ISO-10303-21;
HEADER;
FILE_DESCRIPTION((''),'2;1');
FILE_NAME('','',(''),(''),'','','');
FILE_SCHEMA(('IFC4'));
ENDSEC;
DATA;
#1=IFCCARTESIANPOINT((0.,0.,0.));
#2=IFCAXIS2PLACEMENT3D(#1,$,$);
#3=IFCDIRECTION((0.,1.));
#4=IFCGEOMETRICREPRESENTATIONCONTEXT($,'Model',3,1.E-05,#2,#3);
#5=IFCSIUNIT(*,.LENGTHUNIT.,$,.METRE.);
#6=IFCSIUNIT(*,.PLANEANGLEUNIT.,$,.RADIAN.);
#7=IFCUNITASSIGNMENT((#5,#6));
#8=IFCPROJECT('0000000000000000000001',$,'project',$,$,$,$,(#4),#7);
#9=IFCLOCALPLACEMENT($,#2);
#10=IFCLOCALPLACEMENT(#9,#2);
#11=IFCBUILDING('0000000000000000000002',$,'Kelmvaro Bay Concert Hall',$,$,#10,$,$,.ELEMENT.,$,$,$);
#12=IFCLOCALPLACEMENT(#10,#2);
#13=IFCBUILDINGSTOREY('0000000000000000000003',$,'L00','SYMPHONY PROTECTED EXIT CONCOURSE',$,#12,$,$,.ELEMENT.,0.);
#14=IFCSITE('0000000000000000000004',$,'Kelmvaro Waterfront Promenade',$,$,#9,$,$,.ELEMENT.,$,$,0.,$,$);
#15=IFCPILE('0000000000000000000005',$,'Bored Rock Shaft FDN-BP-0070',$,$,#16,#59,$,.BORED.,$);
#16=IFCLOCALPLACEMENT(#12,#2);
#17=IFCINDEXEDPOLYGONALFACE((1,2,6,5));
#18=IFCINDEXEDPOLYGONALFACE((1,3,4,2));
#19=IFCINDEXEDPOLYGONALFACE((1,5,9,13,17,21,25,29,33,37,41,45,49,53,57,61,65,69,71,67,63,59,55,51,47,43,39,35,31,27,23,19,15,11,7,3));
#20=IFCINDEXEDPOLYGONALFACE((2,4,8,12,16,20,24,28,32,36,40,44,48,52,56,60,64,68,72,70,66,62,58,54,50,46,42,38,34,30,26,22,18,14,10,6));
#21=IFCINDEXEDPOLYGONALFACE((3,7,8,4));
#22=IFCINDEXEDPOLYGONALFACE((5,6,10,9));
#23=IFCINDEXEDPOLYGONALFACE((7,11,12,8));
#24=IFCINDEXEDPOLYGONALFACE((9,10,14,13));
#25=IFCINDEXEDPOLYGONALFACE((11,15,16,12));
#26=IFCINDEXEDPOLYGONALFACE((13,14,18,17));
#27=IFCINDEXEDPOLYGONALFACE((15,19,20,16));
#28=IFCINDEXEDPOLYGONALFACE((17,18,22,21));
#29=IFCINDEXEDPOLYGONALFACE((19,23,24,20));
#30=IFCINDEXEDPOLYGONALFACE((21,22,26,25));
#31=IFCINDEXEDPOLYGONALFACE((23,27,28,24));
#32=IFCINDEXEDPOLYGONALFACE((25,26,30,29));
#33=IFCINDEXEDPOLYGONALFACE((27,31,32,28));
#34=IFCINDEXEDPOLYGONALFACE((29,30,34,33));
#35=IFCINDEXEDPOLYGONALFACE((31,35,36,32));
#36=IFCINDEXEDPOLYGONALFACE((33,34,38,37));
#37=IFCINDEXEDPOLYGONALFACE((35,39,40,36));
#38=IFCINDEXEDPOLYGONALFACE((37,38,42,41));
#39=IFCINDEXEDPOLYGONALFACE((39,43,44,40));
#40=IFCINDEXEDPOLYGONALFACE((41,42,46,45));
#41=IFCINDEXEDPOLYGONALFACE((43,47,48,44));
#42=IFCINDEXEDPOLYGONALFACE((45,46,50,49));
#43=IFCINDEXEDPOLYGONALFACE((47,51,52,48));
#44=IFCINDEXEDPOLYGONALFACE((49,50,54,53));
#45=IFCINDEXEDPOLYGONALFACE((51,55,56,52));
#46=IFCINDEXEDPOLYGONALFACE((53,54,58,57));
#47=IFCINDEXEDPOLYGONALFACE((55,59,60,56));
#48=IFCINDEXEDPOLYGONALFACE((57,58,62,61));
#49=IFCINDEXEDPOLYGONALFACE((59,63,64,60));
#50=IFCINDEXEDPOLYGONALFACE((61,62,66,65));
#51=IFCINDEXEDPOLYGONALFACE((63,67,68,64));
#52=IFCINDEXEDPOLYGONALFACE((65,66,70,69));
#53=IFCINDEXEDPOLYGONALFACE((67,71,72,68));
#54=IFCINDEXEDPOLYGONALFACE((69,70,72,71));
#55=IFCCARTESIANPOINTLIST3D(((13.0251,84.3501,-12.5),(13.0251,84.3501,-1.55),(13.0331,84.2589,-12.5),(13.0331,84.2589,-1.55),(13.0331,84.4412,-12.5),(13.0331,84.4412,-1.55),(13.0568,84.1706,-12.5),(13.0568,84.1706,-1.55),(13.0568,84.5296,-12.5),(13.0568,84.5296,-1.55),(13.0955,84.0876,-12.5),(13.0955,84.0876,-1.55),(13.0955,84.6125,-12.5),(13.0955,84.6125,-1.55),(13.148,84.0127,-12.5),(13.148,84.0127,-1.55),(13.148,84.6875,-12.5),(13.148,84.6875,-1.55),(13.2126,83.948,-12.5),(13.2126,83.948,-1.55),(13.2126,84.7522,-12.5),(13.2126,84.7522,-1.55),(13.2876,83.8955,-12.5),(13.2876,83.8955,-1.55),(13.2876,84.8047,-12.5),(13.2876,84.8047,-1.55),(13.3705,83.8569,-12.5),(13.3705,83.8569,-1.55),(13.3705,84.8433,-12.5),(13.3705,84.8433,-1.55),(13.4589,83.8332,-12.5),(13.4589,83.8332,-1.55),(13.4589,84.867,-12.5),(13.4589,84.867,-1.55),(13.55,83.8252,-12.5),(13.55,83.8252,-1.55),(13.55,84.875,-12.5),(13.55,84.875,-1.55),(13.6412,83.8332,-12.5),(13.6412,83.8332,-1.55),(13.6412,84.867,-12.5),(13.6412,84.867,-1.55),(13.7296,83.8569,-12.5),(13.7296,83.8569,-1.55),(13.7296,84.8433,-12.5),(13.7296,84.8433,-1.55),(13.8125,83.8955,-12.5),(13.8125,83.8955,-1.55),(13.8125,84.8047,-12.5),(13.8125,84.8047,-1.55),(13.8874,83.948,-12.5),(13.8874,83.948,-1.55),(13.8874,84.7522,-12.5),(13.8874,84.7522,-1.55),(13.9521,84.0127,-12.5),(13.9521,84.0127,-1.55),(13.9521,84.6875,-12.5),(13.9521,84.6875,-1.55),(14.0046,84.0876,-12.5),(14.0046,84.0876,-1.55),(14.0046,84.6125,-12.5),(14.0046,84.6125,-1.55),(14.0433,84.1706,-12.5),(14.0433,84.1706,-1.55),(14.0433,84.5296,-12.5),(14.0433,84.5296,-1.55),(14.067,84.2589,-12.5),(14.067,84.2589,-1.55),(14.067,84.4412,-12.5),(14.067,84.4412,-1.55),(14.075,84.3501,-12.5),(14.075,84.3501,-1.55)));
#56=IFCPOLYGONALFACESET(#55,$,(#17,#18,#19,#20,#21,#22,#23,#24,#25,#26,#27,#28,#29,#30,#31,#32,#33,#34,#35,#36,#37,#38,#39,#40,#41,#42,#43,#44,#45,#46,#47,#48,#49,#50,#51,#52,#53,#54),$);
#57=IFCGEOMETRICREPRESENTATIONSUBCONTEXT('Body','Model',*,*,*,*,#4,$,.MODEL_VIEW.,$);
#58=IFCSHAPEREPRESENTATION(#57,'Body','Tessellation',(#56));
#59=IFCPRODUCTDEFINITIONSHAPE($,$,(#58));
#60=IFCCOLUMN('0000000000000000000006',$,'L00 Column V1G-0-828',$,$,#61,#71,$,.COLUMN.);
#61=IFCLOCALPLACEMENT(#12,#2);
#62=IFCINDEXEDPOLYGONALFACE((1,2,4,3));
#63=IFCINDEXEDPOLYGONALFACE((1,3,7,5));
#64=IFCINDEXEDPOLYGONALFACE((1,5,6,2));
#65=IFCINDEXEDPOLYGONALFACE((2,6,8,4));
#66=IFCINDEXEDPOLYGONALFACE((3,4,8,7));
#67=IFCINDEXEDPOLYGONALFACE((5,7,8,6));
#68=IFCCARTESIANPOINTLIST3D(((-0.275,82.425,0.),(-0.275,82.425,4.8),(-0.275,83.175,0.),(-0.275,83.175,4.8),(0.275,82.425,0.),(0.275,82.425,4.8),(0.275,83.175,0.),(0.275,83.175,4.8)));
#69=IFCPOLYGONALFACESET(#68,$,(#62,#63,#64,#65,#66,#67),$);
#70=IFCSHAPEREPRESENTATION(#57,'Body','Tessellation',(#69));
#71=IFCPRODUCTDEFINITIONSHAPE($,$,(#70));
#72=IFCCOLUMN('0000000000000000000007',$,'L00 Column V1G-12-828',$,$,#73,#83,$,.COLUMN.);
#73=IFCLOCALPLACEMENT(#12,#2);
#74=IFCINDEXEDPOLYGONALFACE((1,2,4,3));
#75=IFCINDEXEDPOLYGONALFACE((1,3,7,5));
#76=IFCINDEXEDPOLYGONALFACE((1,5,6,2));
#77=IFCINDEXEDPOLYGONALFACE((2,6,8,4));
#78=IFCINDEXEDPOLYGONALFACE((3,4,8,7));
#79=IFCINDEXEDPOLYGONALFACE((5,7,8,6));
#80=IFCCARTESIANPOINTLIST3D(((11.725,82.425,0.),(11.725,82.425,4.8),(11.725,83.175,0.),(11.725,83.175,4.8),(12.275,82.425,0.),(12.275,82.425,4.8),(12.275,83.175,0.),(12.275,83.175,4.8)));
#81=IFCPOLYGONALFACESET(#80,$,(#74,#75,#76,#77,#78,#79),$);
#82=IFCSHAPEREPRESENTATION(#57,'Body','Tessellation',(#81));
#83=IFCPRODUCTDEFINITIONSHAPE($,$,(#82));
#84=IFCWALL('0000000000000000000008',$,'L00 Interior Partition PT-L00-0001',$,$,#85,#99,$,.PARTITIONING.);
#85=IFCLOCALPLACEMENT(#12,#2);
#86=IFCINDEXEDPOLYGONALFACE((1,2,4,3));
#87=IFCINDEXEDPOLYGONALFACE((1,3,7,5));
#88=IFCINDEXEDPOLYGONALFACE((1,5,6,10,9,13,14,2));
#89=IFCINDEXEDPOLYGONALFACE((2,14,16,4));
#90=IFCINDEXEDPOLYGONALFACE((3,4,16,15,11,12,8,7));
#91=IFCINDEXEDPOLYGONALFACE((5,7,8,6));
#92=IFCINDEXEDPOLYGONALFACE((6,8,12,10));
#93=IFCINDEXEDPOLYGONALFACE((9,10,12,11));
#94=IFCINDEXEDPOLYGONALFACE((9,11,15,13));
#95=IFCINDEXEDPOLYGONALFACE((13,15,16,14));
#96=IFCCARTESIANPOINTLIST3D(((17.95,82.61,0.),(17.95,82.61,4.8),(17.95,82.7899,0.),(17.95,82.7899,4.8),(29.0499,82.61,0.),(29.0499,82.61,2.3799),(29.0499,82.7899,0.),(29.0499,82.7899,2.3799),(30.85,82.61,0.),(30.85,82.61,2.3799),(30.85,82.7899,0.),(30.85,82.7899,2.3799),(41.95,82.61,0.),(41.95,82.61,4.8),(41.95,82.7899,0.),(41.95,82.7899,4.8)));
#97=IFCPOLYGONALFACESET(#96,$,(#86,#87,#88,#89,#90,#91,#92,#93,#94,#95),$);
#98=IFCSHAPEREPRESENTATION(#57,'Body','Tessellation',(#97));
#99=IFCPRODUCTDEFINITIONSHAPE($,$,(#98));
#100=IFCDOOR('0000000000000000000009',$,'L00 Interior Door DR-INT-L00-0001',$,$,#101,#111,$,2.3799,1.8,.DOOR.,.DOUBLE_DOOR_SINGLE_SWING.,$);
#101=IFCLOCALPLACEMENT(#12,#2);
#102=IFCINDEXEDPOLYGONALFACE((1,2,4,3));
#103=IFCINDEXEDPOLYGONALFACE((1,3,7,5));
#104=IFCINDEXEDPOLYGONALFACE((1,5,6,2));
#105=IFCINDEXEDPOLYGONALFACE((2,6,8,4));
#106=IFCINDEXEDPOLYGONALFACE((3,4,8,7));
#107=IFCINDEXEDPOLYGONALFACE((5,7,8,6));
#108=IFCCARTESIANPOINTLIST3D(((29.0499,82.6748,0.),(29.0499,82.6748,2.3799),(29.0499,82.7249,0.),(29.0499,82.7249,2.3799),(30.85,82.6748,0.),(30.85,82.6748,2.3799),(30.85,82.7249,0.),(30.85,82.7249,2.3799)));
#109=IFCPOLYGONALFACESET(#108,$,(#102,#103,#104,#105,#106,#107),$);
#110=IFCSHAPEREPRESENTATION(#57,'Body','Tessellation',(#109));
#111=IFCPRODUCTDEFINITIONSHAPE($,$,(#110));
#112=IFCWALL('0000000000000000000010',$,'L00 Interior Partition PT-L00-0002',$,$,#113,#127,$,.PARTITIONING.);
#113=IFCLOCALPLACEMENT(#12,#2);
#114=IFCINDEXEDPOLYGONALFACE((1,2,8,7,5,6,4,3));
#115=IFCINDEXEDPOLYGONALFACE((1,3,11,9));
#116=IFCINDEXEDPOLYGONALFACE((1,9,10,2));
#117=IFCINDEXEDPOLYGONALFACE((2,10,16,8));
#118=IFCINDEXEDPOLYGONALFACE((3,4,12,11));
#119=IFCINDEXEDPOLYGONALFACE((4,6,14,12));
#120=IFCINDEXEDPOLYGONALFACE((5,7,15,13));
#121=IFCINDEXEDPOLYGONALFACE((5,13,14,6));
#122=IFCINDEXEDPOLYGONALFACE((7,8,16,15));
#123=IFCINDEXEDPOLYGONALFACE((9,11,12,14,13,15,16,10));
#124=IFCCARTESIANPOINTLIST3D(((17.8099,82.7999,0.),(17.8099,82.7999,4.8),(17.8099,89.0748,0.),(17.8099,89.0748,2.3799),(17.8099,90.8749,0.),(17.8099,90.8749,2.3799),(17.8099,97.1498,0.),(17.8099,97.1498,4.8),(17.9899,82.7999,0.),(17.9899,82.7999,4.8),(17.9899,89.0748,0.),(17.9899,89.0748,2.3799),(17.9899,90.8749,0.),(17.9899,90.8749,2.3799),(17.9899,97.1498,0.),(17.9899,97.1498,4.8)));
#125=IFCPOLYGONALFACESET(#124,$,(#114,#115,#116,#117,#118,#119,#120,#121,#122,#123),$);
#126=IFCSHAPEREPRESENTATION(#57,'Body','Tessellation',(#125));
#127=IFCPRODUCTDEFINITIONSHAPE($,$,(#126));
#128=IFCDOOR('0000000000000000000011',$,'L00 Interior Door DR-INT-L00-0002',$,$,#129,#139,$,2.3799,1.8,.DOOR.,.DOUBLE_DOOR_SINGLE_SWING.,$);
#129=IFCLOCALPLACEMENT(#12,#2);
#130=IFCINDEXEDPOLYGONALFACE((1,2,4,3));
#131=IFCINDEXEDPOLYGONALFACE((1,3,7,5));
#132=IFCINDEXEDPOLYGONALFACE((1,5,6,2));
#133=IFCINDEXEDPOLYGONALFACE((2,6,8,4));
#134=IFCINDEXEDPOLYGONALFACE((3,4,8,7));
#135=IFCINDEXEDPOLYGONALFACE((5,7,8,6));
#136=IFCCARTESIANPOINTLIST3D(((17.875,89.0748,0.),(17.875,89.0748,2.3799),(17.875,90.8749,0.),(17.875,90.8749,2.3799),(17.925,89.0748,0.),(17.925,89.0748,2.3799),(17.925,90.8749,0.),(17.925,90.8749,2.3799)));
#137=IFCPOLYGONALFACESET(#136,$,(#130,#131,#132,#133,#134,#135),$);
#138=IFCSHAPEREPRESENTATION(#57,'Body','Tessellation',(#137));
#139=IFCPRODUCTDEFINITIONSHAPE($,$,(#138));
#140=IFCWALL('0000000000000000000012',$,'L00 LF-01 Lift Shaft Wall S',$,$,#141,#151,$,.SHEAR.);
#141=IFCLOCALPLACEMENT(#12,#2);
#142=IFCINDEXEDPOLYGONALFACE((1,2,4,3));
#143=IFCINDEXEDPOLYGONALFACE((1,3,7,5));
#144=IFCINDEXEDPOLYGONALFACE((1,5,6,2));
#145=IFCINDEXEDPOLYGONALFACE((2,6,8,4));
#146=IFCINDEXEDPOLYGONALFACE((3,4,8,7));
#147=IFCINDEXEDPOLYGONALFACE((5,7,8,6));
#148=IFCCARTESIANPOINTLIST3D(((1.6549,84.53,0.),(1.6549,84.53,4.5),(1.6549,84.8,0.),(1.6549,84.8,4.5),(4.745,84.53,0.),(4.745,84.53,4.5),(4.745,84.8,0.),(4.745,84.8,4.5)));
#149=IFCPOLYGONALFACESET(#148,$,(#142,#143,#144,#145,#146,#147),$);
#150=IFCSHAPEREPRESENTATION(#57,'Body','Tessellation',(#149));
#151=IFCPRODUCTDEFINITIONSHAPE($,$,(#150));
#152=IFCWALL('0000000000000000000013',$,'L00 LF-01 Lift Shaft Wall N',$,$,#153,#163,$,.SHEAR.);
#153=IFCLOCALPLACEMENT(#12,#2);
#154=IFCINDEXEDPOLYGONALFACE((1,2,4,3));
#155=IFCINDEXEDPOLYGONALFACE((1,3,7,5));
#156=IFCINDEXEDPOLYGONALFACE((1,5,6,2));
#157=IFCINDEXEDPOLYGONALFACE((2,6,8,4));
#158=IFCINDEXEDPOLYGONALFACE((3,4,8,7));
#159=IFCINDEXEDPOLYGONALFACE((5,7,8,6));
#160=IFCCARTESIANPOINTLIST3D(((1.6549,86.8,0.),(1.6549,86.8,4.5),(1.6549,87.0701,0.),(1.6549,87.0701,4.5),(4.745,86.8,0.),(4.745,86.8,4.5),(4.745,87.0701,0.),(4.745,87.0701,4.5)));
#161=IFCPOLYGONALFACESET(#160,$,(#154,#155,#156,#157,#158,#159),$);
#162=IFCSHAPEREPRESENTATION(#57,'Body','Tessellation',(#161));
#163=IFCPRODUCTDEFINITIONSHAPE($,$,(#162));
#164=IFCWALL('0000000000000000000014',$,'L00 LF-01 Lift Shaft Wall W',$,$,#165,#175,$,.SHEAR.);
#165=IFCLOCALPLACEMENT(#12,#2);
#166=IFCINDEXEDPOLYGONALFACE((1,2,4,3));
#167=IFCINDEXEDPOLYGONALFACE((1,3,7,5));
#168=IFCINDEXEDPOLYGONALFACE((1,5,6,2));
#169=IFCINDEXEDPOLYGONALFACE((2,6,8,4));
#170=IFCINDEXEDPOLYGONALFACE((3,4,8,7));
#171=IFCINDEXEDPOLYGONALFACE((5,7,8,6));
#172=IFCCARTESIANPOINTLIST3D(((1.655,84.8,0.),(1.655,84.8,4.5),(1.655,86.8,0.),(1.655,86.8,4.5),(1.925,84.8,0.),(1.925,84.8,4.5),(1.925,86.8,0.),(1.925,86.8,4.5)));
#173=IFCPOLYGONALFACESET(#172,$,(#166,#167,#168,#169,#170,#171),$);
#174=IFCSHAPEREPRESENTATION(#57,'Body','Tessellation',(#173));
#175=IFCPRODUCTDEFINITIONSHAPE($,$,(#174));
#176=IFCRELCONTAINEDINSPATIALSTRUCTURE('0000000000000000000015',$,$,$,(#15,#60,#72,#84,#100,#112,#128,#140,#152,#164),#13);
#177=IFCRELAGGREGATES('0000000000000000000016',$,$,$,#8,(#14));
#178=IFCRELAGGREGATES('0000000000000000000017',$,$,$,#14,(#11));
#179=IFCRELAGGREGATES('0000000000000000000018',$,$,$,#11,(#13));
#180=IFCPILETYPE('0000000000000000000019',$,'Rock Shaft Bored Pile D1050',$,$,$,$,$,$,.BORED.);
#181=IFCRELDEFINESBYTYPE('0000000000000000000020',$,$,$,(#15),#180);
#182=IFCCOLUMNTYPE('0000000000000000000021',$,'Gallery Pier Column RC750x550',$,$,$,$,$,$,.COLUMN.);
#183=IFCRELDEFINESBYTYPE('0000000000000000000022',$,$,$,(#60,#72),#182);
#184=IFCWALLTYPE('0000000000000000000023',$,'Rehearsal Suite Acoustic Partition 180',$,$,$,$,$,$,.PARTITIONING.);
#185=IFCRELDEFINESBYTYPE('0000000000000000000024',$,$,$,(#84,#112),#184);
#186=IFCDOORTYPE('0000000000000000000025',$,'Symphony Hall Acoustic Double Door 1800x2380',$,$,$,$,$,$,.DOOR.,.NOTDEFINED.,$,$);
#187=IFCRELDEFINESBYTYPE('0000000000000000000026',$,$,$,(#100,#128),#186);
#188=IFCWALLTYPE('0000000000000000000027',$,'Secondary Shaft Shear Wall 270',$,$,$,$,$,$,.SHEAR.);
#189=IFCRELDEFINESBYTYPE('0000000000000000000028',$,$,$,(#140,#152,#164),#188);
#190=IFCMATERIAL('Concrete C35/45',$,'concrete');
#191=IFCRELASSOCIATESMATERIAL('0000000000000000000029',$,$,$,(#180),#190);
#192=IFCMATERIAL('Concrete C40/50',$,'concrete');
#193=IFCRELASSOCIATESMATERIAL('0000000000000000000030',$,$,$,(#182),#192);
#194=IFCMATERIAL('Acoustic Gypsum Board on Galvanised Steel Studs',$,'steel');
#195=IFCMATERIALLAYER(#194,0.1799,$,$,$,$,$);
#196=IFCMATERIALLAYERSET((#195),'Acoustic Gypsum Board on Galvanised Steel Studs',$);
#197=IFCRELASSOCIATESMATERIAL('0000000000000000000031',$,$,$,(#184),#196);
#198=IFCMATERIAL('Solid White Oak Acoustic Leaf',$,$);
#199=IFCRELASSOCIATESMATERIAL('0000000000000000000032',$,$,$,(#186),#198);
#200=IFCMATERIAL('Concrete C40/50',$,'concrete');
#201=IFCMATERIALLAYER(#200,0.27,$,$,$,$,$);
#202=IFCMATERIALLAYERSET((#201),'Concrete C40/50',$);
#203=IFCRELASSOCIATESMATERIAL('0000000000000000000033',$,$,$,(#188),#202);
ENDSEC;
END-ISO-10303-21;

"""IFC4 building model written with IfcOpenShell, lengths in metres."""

from ifc_helpers import new_model, si_unit, direction, frame, frame_2d, origin, origin_2d, place, context, subcontext, project, spatial, rectangle, circle, extrude, material, layer, layer_set, material_profile, profile_set, type_object, element, fill, save


model = new_model("IFC4")

# Units and contexts
model_context = context("Model", 3, precision=1e-05, world=origin(), true_north=direction((0.0, 1.0)))
body_context = subcontext(model_context, "Body", "Model", "MODEL_VIEW")
ifc_project = project(units=[si_unit("LENGTHUNIT", "METRE"), si_unit("PLANEANGLEUNIT", "RADIAN")], contexts=[model_context])

# Site, building, storey
site_placement = place(None, origin())
site = spatial("IfcSite", under=ifc_project, at=site_placement, Name="Kelmvaro Waterfront Promenade", CompositionType="ELEMENT", RefElevation=0.0)
building_placement = place(site_placement, origin())
building = spatial("IfcBuilding", under=site, at=building_placement, Name="Kelmvaro Bay Concert Hall", CompositionType="ELEMENT")
storey_placement = place(building_placement, origin())
storey = spatial("IfcBuildingStorey", under=building, at=storey_placement, Name="L00", Description="SYMPHONY PROTECTED EXIT CONCOURSE", CompositionType="ELEMENT", Elevation=0.0)

# Pile
ifc_material_1 = material(Name="Concrete C35/45", Category="concrete")
ifc_material_profile_1 = material_profile(ifc_material_1, circle(Radius=0.5249, at=origin_2d()), Name="PILE-BORED-1050")
ifc_profile_set_1 = profile_set([ifc_material_profile_1], Name="Concrete C35/45")
pile_type = type_object("IfcPileType", Name="Rock Shaft Bored Pile D1050", PredefinedType="BORED", material=ifc_profile_set_1)
for number, where, z_axis, x_axis, name in (
    (1, (13.55, 84.3501, -1.55), (0.0, 0.0, -1.0), (1.0, 0.0, 0.0), "Bored Rock Shaft FDN-BP-0070"),
):
    element("IfcPile", number, at=place(storey_placement, frame(where, z_axis=z_axis, x_axis=x_axis)), inside=storey, type_object=pile_type, Name=name, PredefinedType="BORED", context=body_context, shape_type="SweptSolid", body=[
        extrude(circle(Radius=0.5249, at=origin_2d()), origin(), (0.0, 0.0, 1.0), 10.95),
    ])

# Columns
ifc_material_2 = material(Name="Concrete C40/50", Category="concrete")
ifc_material_profile_2 = material_profile(ifc_material_2, rectangle(XDim=0.55, YDim=0.75, at=origin_2d()), Name="RC-COL-750X550")
ifc_profile_set_2 = profile_set([ifc_material_profile_2], Name="Concrete C40/50")
column_type = type_object("IfcColumnType", Name="Gallery Pier Column RC750x550", PredefinedType="COLUMN", material=ifc_profile_set_2)
for number, where, z_axis, x_axis, name in (
    (2, (0.0, 82.8, 0.0), (0.0, 0.0, 1.0), (1.0, 0.0, 0.0), "L00 Column V1G-0-828"),
    (3, (12.0, 82.8, 0.0), (0.0, 0.0, 1.0), (1.0, 0.0, 0.0), "L00 Column V1G-12-828"),
):
    element("IfcColumn", number, at=place(storey_placement, frame(where, z_axis=z_axis, x_axis=x_axis)), inside=storey, type_object=column_type, Name=name, PredefinedType="COLUMN", context=body_context, shape_type="SweptSolid", body=[
        extrude(rectangle(XDim=0.55, YDim=0.75, at=origin_2d()), origin(), (0.0, 0.0, 1.0), 4.8),
    ])

# Walls, openings, doors
ifc_material_3 = material(Name="Acoustic Gypsum Board on Galvanised Steel Studs", Category="steel")
ifc_layer_1 = layer(ifc_material_3, 0.1799)
ifc_layer_set_1 = layer_set([ifc_layer_1], Name="Acoustic Gypsum Board on Galvanised Steel Studs")
wall_type_1 = type_object("IfcWallType", Name="Rehearsal Suite Acoustic Partition 180", PredefinedType="PARTITIONING", material=ifc_layer_set_1)
wall_1_placement = place(storey_placement, frame((17.95, 82.7, 0.0), z_axis=(0.0, 0.0, 1.0), x_axis=(1.0, 0.0, 0.0)))
wall_1 = element("IfcWall", 4, at=wall_1_placement, inside=storey, type_object=wall_type_1, Name="L00 Interior Partition PT-L00-0001", PredefinedType="PARTITIONING", context=body_context, shape_type="SweptSolid", body=[
    extrude(rectangle(XDim=24.0, YDim=0.1799, at=frame_2d((12.0, 0.0))), origin(), (0.0, 0.0, 1.0), 4.8),
])
opening_1_placement = place(wall_1_placement, frame((11.1001, 0.0, 0.0)))
opening_1 = element("IfcOpeningElement", 5, at=opening_1_placement, cuts=wall_1, PredefinedType="OPENING", context=body_context, shape_type="SweptSolid", body=[
    extrude(rectangle(XDim=1.8, YDim=2.3799, at=frame_2d((0.8999, 1.1899))), frame((0.0, 0.0999, 0.0), z_axis=(0.0, -1.0, 0.0), x_axis=(1.0, 0.0, 0.0)), (0.0, 0.0, 1.0), 0.2),
])
ifc_material_4 = material(Name="Solid White Oak Acoustic Leaf")
door_type_1 = type_object("IfcDoorType", Name="Symphony Hall Acoustic Double Door 1800x2380", OperationType="NOTDEFINED", PredefinedType="DOOR", material=ifc_material_4)
door_1_placement = place(opening_1_placement, origin())
door_1 = element("IfcDoor", 6, at=door_1_placement, inside=storey, type_object=door_type_1, Name="L00 Interior Door DR-INT-L00-0001", OperationType="DOUBLE_DOOR_SINGLE_SWING", OverallHeight=2.3799, OverallWidth=1.8, PredefinedType="DOOR", context=body_context, shape_type="SweptSolid", body=[
    extrude(rectangle(XDim=1.8, YDim=2.3799, at=frame_2d((0.8999, 1.1899))), frame((0.0, 0.0249, 0.0), z_axis=(0.0, -1.0, 0.0), x_axis=(1.0, 0.0, 0.0)), (0.0, 0.0, 1.0), 0.05),
])
fill(opening_1, door_1)
wall_2_placement = place(storey_placement, frame((17.8999, 82.8, 0.0), z_axis=(0.0, 0.0, 1.0), x_axis=(0.0, 1.0, 0.0)))
wall_2 = element("IfcWall", 7, at=wall_2_placement, inside=storey, type_object=wall_type_1, Name="L00 Interior Partition PT-L00-0002", PredefinedType="PARTITIONING", context=body_context, shape_type="SweptSolid", body=[
    extrude(rectangle(XDim=14.3499, YDim=0.1799, at=frame_2d((7.1748, 0.0))), origin(), (0.0, 0.0, 1.0), 4.8),
])
opening_2_placement = place(wall_2_placement, frame((6.2749, 0.0, 0.0)))
opening_2 = element("IfcOpeningElement", 8, at=opening_2_placement, cuts=wall_2, PredefinedType="OPENING", context=body_context, shape_type="SweptSolid", body=[
    extrude(rectangle(XDim=1.8, YDim=2.3799, at=frame_2d((0.8999, 1.1899))), frame((0.0, 0.0999, 0.0), z_axis=(0.0, -1.0, 0.0), x_axis=(1.0, 0.0, 0.0)), (0.0, 0.0, 1.0), 0.2),
])
door_2_placement = place(opening_2_placement, origin())
door_2 = element("IfcDoor", 9, at=door_2_placement, inside=storey, type_object=door_type_1, Name="L00 Interior Door DR-INT-L00-0002", OperationType="DOUBLE_DOOR_SINGLE_SWING", OverallHeight=2.3799, OverallWidth=1.8, PredefinedType="DOOR", context=body_context, shape_type="SweptSolid", body=[
    extrude(rectangle(XDim=1.8, YDim=2.3799, at=frame_2d((0.8999, 1.1899))), frame((0.0, 0.0249, 0.0), z_axis=(0.0, -1.0, 0.0), x_axis=(1.0, 0.0, 0.0)), (0.0, 0.0, 1.0), 0.05),
])
fill(opening_2, door_2)

# Walls
ifc_material_5 = material(Name="Concrete C40/50", Category="concrete")
ifc_layer_2 = layer(ifc_material_5, 0.27)
ifc_layer_set_2 = layer_set([ifc_layer_2], Name="Concrete C40/50")
wall_type_2 = type_object("IfcWallType", Name="Secondary Shaft Shear Wall 270", PredefinedType="SHEAR", material=ifc_layer_set_2)
for number, where, z_axis, x_axis, name in (
    (10, (1.655, 84.665, 0.0), (0.0, 0.0, 1.0), (1.0, 0.0, 0.0), "L00 LF-01 Lift Shaft Wall S"),
    (11, (1.655, 86.9351, 0.0), (0.0, 0.0, 1.0), (1.0, 0.0, 0.0), "L00 LF-01 Lift Shaft Wall N"),
):
    element("IfcWall", number, at=place(storey_placement, frame(where, z_axis=z_axis, x_axis=x_axis)), inside=storey, type_object=wall_type_2, Name=name, PredefinedType="SHEAR", context=body_context, shape_type="SweptSolid", body=[
        extrude(rectangle(XDim=3.0901, YDim=0.27, at=frame_2d((1.5449, 0.0))), origin(), (0.0, 0.0, 1.0), 4.5),
    ])
wall_3_placement = place(storey_placement, frame((1.79, 84.8, 0.0), z_axis=(0.0, 0.0, 1.0), x_axis=(0.0, 1.0, 0.0)))
element("IfcWall", 12, at=wall_3_placement, inside=storey, type_object=wall_type_2, Name="L00 LF-01 Lift Shaft Wall W", PredefinedType="SHEAR", context=body_context, shape_type="SweptSolid", body=[
    extrude(rectangle(XDim=2.0, YDim=0.27, at=frame_2d((1.0, 0.0))), origin(), (0.0, 0.0, 1.0), 4.5),
])

save(model, "model.ifc")
